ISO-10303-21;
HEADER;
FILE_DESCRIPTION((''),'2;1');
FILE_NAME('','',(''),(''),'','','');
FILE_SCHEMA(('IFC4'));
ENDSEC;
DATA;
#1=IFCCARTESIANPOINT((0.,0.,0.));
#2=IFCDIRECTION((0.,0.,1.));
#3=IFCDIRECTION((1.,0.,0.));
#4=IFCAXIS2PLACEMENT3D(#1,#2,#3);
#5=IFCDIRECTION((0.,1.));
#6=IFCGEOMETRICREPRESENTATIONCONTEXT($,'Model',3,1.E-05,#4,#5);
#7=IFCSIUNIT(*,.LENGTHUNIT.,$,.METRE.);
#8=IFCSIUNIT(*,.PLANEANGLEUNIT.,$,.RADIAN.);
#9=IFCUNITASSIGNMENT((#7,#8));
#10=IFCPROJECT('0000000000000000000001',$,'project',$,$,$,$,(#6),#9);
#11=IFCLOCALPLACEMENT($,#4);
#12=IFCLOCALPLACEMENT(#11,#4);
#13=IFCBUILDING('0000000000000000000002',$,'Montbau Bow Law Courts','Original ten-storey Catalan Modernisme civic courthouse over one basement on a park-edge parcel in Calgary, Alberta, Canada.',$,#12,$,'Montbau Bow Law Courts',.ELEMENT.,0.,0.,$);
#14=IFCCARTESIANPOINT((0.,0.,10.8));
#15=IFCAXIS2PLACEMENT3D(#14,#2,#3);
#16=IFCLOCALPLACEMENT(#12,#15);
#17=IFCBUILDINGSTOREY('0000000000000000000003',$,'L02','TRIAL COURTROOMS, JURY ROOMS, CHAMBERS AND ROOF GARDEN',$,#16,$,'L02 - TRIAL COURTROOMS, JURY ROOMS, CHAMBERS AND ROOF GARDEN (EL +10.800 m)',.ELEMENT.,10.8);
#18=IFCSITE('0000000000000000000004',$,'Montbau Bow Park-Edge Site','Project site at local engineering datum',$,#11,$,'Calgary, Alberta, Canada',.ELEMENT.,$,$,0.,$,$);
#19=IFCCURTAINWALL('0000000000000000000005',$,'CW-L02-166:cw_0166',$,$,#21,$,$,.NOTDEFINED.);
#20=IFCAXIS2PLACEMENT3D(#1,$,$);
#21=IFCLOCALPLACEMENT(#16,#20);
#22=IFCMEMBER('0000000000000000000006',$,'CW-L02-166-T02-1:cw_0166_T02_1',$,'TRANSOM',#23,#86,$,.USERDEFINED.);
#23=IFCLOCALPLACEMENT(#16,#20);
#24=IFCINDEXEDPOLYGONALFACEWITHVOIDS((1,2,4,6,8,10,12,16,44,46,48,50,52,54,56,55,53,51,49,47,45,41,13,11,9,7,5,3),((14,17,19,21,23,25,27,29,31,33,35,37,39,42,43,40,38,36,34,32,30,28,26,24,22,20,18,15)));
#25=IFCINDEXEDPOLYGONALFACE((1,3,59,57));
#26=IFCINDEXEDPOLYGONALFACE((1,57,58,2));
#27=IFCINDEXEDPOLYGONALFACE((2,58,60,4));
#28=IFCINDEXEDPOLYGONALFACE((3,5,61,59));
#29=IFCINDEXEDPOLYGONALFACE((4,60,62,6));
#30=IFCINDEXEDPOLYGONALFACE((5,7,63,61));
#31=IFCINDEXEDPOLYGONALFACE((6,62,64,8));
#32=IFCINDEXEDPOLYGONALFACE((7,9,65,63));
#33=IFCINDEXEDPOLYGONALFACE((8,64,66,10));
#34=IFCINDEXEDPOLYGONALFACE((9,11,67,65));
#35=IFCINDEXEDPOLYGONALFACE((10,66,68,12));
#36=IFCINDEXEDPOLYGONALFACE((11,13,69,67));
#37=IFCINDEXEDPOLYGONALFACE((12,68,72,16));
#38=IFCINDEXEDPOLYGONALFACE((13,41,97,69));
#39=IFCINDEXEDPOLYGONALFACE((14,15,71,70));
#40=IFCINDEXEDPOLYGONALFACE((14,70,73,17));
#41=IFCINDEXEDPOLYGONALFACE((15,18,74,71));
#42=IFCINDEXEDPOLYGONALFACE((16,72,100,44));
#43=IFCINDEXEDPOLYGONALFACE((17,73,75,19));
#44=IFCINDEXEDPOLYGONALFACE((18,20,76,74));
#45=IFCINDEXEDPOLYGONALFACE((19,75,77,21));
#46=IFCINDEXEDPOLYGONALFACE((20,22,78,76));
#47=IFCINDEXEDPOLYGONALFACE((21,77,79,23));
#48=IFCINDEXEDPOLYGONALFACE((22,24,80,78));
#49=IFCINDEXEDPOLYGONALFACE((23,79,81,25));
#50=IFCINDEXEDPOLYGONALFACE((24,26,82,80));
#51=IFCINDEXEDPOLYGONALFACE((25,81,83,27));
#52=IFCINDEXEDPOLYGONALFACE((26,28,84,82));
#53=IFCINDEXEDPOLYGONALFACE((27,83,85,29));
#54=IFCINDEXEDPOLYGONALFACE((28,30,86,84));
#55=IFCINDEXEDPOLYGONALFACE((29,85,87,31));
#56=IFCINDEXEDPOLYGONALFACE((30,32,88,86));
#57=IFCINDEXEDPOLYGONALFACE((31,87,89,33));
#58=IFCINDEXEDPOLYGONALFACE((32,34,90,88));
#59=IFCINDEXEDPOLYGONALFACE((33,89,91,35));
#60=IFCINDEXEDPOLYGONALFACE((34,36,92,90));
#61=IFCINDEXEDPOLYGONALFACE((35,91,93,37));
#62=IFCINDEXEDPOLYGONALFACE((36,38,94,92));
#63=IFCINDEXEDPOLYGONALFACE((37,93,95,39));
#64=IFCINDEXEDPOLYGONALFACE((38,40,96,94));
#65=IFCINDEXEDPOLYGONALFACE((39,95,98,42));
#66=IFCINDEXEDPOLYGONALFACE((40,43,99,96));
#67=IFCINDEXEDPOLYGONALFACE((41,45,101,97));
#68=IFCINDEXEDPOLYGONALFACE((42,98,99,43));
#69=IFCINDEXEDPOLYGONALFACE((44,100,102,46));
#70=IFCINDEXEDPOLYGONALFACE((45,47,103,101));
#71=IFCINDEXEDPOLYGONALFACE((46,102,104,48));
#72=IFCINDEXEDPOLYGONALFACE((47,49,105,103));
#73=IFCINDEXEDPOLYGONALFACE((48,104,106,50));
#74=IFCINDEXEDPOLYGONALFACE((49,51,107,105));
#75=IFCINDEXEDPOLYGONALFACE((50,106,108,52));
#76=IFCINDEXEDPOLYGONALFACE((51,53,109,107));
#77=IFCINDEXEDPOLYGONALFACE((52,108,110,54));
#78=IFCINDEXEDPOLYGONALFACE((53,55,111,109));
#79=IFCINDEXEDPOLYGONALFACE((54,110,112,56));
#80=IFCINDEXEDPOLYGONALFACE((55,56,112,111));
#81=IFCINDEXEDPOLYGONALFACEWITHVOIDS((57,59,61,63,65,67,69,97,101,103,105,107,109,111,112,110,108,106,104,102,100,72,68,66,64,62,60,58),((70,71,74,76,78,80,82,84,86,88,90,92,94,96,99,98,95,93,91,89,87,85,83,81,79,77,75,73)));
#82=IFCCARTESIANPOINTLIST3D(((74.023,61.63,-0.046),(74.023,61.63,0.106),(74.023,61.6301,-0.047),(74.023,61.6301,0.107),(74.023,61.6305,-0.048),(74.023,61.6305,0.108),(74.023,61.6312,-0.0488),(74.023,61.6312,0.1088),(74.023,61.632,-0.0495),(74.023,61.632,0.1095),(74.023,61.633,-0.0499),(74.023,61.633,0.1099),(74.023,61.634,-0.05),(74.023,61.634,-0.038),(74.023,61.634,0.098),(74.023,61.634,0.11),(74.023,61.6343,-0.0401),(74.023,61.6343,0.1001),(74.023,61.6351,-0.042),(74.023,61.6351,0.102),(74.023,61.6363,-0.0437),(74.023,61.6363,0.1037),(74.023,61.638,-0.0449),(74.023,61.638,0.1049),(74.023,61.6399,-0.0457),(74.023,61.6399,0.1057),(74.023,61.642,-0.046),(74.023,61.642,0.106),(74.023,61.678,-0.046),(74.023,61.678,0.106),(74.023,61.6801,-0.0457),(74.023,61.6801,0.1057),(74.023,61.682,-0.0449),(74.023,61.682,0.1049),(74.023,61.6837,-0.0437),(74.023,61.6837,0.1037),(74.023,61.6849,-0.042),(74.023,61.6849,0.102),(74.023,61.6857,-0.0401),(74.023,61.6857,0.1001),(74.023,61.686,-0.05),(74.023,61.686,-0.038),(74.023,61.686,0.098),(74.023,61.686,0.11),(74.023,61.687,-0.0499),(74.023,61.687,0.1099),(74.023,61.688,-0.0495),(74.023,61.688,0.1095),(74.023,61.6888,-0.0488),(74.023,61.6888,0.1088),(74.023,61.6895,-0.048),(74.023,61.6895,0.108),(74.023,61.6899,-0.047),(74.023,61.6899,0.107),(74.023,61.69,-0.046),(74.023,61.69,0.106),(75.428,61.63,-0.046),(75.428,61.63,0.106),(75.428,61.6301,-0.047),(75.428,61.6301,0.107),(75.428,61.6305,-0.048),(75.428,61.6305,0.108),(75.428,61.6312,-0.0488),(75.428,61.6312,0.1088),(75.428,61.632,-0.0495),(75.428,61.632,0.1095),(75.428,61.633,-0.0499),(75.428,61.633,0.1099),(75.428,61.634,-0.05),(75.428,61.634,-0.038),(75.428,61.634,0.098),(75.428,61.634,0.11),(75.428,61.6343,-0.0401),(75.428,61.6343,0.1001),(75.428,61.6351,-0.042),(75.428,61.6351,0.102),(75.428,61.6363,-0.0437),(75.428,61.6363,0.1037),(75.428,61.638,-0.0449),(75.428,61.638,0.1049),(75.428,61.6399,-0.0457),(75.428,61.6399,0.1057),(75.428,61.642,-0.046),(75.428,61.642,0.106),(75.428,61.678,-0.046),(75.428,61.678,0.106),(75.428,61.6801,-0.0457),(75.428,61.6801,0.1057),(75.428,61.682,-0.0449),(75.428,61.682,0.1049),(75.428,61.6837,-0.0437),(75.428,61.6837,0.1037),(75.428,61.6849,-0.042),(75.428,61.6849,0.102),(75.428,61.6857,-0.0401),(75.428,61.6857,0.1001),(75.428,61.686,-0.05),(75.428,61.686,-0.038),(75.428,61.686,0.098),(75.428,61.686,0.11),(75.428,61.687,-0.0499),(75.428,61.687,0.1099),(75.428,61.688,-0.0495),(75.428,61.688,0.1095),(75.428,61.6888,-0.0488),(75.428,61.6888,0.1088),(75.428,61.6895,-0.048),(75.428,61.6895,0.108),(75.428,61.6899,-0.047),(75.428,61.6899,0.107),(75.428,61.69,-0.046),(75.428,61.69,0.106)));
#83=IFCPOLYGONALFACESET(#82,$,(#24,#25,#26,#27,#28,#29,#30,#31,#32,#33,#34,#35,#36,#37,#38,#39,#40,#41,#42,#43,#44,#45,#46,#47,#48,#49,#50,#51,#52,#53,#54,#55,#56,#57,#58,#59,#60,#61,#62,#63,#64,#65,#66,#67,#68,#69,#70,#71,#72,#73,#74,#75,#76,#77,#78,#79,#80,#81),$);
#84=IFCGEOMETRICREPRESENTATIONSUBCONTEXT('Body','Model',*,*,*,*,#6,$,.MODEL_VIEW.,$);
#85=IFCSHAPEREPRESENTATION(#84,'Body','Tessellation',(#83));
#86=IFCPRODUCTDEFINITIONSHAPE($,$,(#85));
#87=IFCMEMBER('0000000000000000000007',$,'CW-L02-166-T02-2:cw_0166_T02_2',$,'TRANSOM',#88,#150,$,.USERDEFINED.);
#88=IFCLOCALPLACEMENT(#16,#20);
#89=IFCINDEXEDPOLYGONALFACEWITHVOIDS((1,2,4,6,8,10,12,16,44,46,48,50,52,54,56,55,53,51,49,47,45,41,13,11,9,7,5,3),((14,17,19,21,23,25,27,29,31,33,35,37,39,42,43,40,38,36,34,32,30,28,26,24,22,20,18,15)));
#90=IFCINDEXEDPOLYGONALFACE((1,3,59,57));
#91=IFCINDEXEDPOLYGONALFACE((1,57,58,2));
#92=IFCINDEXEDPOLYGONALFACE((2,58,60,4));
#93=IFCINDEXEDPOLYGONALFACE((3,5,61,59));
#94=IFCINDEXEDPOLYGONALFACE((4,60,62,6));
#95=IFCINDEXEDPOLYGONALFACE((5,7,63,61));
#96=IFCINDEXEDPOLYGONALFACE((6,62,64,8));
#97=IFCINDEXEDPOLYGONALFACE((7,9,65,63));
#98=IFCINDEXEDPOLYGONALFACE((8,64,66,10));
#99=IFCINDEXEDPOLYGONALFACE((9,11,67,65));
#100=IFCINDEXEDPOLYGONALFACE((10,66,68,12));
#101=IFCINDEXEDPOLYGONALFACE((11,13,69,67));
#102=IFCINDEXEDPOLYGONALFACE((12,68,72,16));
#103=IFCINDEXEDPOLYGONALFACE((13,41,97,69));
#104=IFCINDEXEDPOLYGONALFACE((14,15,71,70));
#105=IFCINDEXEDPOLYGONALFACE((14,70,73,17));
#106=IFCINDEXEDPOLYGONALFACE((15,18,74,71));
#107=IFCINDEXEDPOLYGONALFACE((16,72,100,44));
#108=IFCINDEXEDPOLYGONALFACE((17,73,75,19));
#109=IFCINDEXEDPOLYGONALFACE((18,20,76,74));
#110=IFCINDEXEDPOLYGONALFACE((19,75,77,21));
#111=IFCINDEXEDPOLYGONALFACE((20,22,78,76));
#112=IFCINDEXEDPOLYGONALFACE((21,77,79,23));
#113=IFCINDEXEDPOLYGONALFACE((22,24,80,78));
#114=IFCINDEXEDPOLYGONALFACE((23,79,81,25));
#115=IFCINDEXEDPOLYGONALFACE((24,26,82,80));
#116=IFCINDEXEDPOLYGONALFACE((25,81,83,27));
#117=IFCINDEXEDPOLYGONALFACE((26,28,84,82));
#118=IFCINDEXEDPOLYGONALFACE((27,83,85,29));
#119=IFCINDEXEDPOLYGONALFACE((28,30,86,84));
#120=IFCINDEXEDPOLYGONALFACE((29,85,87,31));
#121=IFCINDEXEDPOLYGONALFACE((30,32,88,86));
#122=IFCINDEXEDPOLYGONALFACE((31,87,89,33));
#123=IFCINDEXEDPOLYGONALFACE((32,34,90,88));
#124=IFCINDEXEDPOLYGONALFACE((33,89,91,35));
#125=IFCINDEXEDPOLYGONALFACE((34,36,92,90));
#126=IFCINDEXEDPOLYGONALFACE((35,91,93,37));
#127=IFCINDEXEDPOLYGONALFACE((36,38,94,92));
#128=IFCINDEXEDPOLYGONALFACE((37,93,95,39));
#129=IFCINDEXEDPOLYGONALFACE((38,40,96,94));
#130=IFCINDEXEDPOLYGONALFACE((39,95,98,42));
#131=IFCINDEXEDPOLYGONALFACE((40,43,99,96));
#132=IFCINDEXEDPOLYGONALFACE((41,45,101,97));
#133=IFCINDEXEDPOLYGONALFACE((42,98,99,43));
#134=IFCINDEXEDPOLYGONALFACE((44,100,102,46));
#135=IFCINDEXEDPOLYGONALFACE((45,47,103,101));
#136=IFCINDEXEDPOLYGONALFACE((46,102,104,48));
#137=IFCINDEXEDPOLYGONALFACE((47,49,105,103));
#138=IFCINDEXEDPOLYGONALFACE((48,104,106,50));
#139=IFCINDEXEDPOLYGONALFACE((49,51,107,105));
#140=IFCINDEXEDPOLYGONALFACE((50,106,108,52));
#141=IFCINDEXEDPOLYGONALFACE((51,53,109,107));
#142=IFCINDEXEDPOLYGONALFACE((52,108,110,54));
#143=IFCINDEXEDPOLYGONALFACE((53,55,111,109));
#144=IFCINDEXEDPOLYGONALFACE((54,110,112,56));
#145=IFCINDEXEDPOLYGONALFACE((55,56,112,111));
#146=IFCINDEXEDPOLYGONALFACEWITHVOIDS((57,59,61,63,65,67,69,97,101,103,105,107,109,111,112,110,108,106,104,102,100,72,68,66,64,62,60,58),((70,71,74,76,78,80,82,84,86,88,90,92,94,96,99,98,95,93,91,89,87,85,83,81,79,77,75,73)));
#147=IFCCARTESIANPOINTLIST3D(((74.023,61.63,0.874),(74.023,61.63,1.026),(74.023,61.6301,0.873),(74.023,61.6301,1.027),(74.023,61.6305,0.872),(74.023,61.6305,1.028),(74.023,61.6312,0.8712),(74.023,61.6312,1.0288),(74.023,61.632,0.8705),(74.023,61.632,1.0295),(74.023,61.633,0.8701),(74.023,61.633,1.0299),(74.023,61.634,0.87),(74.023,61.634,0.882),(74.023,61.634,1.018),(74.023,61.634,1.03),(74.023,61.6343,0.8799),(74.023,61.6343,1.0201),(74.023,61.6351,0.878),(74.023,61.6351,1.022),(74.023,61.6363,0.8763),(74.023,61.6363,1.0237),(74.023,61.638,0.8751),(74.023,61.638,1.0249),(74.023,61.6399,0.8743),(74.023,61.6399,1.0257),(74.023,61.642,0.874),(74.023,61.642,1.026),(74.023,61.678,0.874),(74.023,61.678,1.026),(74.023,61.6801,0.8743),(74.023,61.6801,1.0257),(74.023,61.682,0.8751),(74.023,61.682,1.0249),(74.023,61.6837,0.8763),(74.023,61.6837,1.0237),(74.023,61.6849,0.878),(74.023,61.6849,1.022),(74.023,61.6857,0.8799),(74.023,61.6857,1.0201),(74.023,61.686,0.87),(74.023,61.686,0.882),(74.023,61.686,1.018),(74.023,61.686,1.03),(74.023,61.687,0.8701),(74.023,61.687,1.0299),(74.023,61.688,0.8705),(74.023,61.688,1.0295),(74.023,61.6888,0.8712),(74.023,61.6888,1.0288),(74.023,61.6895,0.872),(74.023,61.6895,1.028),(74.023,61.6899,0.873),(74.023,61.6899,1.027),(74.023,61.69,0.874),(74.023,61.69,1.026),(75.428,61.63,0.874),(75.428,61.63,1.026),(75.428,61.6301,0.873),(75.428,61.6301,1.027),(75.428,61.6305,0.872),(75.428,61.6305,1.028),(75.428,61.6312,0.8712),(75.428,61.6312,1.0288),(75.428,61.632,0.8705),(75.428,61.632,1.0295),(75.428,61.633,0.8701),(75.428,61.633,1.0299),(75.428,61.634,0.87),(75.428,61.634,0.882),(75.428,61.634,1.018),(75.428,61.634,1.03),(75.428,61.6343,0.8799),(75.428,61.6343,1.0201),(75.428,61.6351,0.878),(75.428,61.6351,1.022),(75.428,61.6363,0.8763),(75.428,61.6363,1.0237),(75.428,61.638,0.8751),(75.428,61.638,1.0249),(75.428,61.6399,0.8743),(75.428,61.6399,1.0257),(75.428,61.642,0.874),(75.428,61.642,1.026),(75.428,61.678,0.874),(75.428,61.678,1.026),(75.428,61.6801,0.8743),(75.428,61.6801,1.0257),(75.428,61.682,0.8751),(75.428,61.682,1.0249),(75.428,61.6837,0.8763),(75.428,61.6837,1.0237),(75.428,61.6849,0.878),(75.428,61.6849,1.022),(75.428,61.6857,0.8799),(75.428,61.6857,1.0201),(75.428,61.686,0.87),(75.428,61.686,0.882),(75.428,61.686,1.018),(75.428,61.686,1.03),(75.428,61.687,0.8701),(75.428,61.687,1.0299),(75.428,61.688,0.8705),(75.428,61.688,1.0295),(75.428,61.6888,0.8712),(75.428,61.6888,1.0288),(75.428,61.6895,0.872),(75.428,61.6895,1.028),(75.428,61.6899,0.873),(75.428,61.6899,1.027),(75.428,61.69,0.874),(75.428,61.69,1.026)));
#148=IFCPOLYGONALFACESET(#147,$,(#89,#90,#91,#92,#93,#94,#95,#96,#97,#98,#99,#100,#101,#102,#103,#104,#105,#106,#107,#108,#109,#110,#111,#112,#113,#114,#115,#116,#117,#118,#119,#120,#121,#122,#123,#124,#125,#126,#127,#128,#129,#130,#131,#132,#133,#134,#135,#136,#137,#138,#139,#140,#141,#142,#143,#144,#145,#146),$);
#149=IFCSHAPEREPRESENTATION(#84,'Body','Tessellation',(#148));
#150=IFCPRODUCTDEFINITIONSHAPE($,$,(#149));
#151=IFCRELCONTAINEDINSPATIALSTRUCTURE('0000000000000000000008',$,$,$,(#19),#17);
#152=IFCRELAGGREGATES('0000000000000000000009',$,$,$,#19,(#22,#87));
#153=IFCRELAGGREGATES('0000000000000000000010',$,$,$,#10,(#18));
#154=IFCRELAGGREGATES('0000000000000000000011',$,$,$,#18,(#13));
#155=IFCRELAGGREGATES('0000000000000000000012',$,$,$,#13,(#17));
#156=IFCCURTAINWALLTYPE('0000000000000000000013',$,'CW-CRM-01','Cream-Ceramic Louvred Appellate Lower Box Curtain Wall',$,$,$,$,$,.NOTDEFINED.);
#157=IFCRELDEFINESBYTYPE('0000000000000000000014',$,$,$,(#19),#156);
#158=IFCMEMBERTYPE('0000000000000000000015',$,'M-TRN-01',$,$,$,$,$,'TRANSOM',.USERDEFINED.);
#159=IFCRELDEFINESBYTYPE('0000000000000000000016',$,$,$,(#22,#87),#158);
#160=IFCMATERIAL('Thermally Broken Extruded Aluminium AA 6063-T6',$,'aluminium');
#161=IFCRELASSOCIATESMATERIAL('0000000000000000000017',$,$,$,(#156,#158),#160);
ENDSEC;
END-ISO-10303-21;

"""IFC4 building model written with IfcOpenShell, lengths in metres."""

from ifc_helpers import new_model, si_unit, direction, frame, origin_with_axes, origin_2d_with_axis, place, context, subcontext, project, spatial, hollow_rectangle, extrude, material, material_profile, profile_set, type_object, element, aggregate, save


model = new_model("IFC4")

# Units and contexts
model_context = context("Model", 3, precision=1e-05, world=origin_with_axes(), true_north=direction((0.0, 1.0)))
body_context = subcontext(model_context, "Body", "Model", "MODEL_VIEW")
ifc_project = project(units=[si_unit("LENGTHUNIT", "METRE"), si_unit("PLANEANGLEUNIT", "RADIAN")], contexts=[model_context])

# Site, building, storey
site_placement = place(None, origin_with_axes())
site = spatial("IfcSite", under=ifc_project, at=site_placement, Name="Montbau Bow Park-Edge Site", Description="Project site at local engineering datum", LongName="Calgary, Alberta, Canada", CompositionType="ELEMENT", RefElevation=0.0)
building_placement = place(site_placement, origin_with_axes())
building = spatial("IfcBuilding", under=site, at=building_placement, Name="Montbau Bow Law Courts", Description="Original ten-storey Catalan Modernisme civic courthouse over one basement on a park-edge parcel in Calgary, Alberta, Canada.", LongName="Montbau Bow Law Courts", CompositionType="ELEMENT", ElevationOfRefHeight=0.0, ElevationOfTerrain=0.0)
storey_placement = place(building_placement, frame((0.0, 0.0, 10.8), z_axis=(0.0, 0.0, 1.0), x_axis=(1.0, 0.0, 0.0)))
storey = spatial("IfcBuildingStorey", under=building, at=storey_placement, Name="L02", Description="TRIAL COURTROOMS, JURY ROOMS, CHAMBERS AND ROOF GARDEN", LongName="L02 - TRIAL COURTROOMS, JURY ROOMS, CHAMBERS AND ROOF GARDEN (EL +10.800 m)", CompositionType="ELEMENT", Elevation=10.8)

# Curtain wall, members
ifc_material_1 = material(Name="Thermally Broken Extruded Aluminium AA 6063-T6", Category="aluminium")
curtain_wall_type = type_object("IfcCurtainWallType", Name="CW-CRM-01", Description="Cream-Ceramic Louvred Appellate Lower Box Curtain Wall", PredefinedType="NOTDEFINED", material=ifc_material_1)
curtain_wall_placement = place(None, frame((72.515, 61.66, 10.8), z_axis=(0.0, 0.0, 1.0), x_axis=(1.0, 0.0, 0.0)))
curtain_wall = element("IfcCurtainWall", 1, at=curtain_wall_placement, inside=storey, type_object=curtain_wall_type, Name="CW-L02-166:cw_0166", PredefinedType="NOTDEFINED")
ifc_material_profile_1 = material_profile(ifc_material_1, hollow_rectangle(XDim=0.06, YDim=0.16, WallThickness=0.004, InnerFilletRadius=0.008, OuterFilletRadius=0.004, at=origin_2d_with_axis()), Name="CWT-160X60", Category="Main", Priority=0)
ifc_profile_set_1 = profile_set([ifc_material_profile_1], Name="Thermally Broken Extruded Aluminium AA 6063-T6")
member_type_1 = type_object("IfcMemberType", Name="M-TRN-01", ElementType="TRANSOM", PredefinedType="USERDEFINED", material=ifc_profile_set_1)
member_1_placement = place(None, frame((74.023, 61.66, 10.83), z_axis=(1.0, 0.0, 0.0), x_axis=(0.0, 1.0, 0.0)))
member_1 = element("IfcMember", 2, at=member_1_placement, type_object=member_type_1, Name="CW-L02-166-T02-1:cw_0166_T02_1", ObjectType="TRANSOM", PredefinedType="USERDEFINED", context=body_context, shape_type="SweptSolid", body=[
    extrude(hollow_rectangle(XDim=0.06, YDim=0.16, WallThickness=0.004, InnerFilletRadius=0.008, OuterFilletRadius=0.004, at=origin_2d_with_axis()), origin_with_axes(), (0.0, 0.0, 1.0), 1.405),
])
member_2_placement = place(None, frame((74.023, 61.66, 11.75), z_axis=(1.0, 0.0, 0.0), x_axis=(0.0, 1.0, 0.0)))
member_2 = element("IfcMember", 3, at=member_2_placement, type_object=member_type_1, Name="CW-L02-166-T02-2:cw_0166_T02_2", ObjectType="TRANSOM", PredefinedType="USERDEFINED", context=body_context, shape_type="SweptSolid", body=[
    extrude(hollow_rectangle(XDim=0.06, YDim=0.16, WallThickness=0.004, InnerFilletRadius=0.008, OuterFilletRadius=0.004, at=origin_2d_with_axis()), origin_with_axes(), (0.0, 0.0, 1.0), 1.405),
])
aggregate(curtain_wall, [member_1, member_2])

save(model, "model.ifc")
